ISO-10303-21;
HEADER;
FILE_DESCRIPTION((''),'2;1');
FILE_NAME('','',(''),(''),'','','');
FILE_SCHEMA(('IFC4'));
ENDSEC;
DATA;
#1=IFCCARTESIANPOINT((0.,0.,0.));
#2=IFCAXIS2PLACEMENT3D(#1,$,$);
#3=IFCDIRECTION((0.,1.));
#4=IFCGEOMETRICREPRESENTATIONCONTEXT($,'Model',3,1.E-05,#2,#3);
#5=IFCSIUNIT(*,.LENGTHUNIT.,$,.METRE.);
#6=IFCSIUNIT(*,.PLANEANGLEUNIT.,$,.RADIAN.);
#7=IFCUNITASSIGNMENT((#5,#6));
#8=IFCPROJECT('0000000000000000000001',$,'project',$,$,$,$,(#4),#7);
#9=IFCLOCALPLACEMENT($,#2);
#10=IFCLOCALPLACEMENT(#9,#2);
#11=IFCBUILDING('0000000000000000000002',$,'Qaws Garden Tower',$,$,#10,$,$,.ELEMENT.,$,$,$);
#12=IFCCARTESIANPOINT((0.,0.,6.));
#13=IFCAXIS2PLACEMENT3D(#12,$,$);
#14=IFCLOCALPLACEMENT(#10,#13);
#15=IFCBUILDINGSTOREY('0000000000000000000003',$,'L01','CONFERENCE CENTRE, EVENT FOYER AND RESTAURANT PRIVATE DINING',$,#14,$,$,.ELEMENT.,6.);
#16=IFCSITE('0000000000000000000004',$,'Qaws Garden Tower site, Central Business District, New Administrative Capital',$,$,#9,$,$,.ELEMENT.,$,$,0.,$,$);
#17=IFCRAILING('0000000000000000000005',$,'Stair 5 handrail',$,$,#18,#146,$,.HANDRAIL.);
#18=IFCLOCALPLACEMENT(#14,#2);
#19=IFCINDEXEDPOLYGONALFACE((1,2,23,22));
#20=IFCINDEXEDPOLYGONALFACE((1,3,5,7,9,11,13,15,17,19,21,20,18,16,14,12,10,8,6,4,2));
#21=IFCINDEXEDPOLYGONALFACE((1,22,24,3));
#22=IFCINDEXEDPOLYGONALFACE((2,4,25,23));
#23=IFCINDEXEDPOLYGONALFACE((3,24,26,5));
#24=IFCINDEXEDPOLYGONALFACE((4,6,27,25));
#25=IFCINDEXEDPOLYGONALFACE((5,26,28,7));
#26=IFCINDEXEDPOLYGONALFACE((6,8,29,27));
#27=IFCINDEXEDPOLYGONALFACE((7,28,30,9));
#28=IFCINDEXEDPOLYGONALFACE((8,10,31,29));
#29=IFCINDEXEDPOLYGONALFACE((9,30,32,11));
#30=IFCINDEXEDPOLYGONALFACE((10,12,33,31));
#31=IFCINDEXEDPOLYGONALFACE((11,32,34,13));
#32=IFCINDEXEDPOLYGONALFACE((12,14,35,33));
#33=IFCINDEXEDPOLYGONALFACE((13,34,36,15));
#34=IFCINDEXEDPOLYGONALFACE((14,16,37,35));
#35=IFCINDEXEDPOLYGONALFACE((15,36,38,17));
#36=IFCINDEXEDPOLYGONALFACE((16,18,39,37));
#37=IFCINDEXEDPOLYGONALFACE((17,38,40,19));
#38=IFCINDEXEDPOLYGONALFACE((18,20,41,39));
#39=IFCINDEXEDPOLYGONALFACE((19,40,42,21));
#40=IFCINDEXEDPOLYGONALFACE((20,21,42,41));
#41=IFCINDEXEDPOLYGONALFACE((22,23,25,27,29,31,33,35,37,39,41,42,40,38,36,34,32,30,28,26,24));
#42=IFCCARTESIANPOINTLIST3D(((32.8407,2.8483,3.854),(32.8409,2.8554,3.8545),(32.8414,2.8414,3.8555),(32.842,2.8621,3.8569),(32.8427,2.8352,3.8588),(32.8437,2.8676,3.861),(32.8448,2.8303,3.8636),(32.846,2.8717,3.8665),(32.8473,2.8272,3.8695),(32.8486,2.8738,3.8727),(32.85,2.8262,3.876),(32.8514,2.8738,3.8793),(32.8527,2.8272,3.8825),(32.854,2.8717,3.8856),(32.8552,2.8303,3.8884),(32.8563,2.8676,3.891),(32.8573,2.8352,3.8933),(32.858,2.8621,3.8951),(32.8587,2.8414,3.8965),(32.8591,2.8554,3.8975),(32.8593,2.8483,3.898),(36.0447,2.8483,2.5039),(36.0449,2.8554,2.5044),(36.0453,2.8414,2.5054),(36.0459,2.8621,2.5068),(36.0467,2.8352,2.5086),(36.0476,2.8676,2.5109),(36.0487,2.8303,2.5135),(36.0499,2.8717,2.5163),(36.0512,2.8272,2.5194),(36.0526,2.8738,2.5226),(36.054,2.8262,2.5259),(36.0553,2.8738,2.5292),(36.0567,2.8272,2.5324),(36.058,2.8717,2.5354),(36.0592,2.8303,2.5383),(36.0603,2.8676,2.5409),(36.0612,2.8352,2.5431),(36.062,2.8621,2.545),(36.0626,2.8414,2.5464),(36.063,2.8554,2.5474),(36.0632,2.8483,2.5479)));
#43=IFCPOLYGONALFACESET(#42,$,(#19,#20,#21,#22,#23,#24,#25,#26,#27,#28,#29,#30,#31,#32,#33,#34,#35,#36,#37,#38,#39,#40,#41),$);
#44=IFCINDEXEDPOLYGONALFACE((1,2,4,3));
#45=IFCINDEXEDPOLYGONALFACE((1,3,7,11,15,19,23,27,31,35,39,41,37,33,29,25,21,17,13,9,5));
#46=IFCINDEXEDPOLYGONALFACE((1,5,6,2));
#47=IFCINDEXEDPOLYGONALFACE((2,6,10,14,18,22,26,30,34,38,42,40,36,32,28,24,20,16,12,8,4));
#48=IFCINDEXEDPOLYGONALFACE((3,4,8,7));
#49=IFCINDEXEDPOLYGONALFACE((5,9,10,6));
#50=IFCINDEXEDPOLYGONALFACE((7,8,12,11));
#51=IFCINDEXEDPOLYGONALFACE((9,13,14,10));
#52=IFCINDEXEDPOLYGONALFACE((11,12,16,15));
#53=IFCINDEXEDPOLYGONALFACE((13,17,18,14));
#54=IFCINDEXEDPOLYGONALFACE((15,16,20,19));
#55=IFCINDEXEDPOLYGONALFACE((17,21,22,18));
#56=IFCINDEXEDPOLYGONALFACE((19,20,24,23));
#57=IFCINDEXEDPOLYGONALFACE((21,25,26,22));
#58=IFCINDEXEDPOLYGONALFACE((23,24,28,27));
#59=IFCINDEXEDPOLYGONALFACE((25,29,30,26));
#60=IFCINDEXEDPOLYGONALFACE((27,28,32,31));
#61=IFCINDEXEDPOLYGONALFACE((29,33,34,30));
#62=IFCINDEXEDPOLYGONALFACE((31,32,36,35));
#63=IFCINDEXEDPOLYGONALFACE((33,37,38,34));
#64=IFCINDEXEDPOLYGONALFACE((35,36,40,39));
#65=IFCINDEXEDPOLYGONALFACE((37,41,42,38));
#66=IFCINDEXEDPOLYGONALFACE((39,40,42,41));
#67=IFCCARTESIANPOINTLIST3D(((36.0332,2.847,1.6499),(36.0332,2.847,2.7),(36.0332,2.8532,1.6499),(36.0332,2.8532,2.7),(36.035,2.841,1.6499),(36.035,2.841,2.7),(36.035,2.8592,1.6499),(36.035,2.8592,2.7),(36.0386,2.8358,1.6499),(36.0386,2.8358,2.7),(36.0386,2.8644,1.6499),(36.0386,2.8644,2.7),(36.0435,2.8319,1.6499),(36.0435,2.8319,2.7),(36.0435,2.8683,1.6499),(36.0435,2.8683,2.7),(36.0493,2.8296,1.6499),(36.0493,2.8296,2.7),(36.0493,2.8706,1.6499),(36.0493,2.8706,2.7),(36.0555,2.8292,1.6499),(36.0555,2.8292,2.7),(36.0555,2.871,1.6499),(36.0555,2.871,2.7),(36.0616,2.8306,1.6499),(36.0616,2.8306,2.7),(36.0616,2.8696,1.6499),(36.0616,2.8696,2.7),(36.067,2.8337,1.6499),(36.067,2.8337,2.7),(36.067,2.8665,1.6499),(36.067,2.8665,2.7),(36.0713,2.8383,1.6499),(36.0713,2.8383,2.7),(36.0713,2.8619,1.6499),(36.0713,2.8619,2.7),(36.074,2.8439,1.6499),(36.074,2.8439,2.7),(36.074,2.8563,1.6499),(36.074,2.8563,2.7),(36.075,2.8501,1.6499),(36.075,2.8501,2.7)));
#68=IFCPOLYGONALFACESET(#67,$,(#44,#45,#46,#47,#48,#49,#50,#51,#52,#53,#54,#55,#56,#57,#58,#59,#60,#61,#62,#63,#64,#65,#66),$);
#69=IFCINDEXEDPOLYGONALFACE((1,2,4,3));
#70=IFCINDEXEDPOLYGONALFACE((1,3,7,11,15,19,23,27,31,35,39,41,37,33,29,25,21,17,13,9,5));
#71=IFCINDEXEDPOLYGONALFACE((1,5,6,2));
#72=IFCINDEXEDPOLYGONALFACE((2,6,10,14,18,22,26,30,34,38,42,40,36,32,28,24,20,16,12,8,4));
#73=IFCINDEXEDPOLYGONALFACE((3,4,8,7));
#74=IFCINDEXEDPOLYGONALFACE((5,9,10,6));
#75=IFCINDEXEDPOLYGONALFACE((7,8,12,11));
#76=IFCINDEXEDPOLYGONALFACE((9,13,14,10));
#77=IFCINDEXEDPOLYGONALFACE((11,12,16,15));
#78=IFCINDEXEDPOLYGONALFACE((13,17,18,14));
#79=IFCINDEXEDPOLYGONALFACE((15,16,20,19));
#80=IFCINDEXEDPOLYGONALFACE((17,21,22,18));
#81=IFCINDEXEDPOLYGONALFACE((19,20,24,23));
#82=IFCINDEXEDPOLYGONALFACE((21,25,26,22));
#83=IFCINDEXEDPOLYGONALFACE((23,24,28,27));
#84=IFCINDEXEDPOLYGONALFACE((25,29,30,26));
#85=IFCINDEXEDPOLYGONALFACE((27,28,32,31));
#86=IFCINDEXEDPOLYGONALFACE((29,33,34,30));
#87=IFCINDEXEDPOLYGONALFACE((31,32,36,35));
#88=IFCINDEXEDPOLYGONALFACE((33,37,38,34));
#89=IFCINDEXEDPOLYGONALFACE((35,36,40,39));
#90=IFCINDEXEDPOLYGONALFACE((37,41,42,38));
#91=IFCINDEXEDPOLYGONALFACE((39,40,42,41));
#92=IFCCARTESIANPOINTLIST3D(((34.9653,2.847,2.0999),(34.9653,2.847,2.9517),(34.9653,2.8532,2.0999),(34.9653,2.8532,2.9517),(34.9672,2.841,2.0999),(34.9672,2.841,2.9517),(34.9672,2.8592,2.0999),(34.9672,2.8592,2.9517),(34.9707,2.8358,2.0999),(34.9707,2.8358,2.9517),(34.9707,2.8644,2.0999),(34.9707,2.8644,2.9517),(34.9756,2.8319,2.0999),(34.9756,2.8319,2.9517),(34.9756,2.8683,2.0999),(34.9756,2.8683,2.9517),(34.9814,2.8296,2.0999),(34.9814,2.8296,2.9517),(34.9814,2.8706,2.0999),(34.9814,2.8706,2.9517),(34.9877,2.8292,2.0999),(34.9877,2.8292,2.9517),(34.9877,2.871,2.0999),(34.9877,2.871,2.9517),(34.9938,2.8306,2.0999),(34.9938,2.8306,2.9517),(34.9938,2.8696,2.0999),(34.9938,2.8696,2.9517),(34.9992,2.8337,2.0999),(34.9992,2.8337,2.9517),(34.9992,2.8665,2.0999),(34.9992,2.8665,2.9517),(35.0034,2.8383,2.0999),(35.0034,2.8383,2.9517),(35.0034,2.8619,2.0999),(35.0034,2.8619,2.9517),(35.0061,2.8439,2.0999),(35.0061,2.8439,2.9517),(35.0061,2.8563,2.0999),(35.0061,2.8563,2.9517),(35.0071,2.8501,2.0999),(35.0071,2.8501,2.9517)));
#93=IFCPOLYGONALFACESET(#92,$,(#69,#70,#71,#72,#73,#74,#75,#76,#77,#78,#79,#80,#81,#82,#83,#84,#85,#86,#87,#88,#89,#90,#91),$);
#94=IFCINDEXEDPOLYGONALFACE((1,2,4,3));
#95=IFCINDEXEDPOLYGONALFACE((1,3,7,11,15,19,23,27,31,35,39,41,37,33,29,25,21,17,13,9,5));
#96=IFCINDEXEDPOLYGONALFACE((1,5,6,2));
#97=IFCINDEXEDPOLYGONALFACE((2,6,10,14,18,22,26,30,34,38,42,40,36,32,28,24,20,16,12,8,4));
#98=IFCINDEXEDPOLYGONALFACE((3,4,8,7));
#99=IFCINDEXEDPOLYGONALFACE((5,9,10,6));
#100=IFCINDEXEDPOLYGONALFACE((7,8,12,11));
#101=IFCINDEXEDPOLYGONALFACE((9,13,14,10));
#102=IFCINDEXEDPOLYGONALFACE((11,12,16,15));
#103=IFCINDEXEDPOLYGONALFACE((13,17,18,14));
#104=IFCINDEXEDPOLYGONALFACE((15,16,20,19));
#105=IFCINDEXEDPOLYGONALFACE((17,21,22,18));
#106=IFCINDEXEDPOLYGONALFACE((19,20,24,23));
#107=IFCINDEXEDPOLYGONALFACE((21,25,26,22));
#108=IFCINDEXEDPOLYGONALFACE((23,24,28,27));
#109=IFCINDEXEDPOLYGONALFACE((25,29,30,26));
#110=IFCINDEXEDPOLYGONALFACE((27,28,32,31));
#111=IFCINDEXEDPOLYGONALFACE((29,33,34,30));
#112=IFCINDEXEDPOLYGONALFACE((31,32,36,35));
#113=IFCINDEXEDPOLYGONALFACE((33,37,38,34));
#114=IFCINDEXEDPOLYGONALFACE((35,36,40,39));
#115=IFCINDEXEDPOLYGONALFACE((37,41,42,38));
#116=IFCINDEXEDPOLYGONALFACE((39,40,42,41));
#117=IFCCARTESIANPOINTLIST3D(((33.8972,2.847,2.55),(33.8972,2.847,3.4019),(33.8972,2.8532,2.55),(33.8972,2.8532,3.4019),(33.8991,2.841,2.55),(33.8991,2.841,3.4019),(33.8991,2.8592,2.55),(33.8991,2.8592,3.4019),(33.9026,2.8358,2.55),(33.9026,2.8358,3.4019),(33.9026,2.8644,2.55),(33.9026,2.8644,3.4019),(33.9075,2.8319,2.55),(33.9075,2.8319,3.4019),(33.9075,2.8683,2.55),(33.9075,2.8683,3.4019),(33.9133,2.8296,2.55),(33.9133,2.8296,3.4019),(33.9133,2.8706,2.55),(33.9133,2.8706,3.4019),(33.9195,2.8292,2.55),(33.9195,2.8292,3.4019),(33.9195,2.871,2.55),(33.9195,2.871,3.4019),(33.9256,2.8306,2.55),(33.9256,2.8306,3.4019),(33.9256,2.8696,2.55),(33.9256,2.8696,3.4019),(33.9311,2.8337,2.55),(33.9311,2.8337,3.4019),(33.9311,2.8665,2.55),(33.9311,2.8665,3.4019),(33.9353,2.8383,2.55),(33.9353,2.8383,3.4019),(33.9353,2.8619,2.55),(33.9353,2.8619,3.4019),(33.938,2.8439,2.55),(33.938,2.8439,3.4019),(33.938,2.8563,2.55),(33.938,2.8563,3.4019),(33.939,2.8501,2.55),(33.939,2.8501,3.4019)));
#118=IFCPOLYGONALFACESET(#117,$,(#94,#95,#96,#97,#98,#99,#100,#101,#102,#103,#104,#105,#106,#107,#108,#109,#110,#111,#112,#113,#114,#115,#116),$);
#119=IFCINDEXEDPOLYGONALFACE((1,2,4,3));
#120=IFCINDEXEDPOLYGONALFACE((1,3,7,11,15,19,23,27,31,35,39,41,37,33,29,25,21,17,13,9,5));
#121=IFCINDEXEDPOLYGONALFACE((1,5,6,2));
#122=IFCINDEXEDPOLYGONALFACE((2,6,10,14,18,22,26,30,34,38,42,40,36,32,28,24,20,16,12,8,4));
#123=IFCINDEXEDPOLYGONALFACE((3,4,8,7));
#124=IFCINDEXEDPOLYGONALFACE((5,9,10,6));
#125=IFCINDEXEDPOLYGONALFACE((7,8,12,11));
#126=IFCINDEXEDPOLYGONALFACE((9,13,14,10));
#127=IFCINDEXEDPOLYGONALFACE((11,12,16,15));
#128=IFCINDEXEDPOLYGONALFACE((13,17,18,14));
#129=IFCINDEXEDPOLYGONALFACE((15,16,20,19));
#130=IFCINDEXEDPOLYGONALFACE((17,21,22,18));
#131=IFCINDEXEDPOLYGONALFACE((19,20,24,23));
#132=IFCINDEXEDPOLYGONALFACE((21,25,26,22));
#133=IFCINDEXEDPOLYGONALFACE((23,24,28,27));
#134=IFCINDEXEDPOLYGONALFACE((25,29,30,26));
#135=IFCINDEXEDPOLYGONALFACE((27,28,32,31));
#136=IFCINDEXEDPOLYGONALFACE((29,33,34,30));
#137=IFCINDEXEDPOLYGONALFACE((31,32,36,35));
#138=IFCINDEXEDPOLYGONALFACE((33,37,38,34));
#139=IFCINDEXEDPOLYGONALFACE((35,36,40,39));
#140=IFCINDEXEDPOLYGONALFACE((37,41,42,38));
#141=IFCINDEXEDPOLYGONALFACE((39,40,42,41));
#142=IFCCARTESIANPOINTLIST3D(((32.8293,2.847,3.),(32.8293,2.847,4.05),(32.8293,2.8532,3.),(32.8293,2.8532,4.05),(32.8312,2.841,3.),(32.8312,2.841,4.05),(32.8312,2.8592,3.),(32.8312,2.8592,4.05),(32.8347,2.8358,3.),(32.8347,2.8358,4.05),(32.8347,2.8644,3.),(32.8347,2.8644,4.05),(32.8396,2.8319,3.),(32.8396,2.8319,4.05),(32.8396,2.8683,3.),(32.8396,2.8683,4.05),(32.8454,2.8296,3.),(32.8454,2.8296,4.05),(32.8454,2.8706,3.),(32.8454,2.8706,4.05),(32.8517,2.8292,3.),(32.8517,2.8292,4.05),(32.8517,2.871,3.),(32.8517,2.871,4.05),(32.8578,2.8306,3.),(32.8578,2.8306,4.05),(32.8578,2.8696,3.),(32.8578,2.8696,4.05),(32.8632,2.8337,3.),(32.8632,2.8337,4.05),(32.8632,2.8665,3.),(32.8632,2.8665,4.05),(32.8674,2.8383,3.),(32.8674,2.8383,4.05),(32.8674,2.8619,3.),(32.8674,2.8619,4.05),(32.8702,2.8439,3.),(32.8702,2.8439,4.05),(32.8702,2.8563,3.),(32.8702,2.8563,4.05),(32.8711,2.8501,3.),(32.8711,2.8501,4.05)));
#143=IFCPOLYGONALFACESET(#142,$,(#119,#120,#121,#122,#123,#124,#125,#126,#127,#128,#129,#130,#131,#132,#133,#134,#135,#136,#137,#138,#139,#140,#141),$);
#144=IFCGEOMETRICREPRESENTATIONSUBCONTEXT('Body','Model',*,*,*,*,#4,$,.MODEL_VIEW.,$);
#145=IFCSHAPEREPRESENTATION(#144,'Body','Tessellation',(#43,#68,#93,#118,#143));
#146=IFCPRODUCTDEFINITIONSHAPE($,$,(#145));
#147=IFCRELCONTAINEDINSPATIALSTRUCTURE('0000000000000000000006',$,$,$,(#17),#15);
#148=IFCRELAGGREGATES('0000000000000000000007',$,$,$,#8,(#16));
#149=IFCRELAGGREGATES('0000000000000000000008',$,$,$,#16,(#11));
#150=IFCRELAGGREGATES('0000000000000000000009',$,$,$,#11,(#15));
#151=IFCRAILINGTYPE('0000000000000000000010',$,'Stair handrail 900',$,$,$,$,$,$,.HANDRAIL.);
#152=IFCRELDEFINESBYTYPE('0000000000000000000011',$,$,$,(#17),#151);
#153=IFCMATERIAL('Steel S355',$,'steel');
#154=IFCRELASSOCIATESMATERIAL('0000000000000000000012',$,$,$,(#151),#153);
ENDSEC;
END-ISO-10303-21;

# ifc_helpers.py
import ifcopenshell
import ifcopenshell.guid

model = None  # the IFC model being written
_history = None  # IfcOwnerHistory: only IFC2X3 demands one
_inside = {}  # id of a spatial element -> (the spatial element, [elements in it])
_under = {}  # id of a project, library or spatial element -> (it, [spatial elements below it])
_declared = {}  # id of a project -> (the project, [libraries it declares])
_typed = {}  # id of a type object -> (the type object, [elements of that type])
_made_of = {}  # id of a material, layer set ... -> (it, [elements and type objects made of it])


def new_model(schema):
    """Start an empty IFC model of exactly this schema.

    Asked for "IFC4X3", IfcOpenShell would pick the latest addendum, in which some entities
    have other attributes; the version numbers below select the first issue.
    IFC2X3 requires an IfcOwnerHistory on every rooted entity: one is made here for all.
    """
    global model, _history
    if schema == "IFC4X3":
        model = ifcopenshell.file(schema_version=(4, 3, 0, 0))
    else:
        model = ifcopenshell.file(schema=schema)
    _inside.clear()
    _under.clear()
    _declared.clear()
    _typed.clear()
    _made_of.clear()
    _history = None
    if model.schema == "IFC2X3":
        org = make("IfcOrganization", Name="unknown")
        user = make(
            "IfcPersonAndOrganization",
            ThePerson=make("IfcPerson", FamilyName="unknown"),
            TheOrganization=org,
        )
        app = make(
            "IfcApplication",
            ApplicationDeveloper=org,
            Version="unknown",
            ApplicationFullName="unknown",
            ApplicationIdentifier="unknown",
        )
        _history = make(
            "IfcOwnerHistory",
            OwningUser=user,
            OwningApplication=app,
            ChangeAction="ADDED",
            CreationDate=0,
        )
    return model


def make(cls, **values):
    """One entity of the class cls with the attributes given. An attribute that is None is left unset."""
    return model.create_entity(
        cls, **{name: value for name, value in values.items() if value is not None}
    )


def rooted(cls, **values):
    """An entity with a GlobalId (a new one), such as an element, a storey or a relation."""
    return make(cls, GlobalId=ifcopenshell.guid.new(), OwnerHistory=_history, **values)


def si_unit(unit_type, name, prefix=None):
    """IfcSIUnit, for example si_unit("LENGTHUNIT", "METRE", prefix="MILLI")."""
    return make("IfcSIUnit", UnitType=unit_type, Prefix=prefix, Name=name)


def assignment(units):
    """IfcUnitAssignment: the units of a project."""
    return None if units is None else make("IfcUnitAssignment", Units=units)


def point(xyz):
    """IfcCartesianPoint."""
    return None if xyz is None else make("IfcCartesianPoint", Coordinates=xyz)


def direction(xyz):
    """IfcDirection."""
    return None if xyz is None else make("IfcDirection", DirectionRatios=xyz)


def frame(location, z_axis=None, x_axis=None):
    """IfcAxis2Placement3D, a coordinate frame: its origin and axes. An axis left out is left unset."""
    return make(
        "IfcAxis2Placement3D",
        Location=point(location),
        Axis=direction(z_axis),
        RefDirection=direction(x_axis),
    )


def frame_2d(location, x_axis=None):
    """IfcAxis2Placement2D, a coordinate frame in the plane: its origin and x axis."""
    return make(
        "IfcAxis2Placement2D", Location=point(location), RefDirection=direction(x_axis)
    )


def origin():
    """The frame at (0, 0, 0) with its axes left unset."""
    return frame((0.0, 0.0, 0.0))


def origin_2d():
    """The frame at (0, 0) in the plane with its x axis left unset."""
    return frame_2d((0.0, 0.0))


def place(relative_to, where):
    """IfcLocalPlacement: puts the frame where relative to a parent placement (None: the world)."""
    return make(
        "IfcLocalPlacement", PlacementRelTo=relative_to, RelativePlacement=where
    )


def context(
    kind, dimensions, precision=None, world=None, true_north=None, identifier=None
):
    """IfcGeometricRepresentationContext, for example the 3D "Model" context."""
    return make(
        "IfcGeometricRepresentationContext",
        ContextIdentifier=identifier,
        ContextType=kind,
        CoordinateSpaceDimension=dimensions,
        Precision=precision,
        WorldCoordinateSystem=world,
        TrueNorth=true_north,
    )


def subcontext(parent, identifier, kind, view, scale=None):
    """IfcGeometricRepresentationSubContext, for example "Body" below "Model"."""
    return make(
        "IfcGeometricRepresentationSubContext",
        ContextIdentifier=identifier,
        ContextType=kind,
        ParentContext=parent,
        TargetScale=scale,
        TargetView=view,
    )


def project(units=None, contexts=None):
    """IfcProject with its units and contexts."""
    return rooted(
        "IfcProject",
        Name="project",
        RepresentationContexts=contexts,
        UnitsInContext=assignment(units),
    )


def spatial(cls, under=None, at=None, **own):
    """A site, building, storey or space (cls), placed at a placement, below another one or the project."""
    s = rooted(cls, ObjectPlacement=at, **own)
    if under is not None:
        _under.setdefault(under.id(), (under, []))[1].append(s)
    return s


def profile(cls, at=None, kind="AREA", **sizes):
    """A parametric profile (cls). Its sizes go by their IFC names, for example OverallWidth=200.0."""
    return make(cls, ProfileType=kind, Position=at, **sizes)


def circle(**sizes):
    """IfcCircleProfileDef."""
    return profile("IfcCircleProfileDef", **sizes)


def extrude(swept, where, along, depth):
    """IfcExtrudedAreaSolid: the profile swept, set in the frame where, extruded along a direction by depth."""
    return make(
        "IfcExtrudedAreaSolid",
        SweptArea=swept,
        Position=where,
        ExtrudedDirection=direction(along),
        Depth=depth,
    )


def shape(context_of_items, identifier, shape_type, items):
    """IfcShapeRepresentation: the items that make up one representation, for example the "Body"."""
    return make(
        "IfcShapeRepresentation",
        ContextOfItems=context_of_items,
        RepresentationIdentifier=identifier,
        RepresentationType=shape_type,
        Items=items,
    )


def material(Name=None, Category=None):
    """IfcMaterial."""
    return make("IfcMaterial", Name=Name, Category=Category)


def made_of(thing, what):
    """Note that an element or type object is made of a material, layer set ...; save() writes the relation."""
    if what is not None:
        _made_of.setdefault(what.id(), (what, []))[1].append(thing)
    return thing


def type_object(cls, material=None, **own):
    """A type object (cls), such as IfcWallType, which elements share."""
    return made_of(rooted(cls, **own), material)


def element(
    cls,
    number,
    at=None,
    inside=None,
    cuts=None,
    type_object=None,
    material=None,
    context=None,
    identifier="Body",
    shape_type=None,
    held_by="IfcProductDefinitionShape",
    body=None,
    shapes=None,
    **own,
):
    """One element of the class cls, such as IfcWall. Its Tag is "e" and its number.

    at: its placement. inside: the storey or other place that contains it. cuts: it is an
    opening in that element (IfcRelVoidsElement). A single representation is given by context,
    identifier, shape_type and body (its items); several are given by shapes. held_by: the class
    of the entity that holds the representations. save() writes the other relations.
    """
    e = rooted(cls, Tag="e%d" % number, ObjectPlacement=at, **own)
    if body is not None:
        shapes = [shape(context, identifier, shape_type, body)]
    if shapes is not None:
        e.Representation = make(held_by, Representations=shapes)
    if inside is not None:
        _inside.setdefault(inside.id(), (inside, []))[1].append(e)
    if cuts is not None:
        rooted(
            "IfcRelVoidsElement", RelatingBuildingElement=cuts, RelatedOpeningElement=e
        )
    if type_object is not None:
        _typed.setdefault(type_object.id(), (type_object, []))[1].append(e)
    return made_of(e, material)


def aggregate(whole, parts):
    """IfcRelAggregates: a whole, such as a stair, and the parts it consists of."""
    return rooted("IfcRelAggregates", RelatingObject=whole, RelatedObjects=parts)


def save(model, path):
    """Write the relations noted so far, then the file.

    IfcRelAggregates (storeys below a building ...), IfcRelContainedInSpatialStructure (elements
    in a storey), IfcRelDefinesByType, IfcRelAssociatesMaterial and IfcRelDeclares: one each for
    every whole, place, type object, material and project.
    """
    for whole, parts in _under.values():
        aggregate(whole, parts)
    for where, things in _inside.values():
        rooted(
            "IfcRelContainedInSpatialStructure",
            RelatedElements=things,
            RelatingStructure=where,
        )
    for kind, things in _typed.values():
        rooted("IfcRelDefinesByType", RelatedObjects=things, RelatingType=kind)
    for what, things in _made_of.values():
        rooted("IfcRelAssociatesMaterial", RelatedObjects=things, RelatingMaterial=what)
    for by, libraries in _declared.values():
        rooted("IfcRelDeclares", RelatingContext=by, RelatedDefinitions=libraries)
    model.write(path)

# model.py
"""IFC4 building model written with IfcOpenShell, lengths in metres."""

from ifc_helpers import new_model, si_unit, direction, frame, origin, origin_2d, place, context, subcontext, project, spatial, circle, extrude, material, type_object, element, save


model = new_model("IFC4")

# Units and contexts
model_context = context("Model", 3, precision=1e-05, world=origin(), true_north=direction((0.0, 1.0)))
body_context = subcontext(model_context, "Body", "Model", "MODEL_VIEW")
ifc_project = project(units=[si_unit("LENGTHUNIT", "METRE"), si_unit("PLANEANGLEUNIT", "RADIAN")], contexts=[model_context])

# Site, building, storey
site_placement = place(None, origin())
site = spatial("IfcSite", under=ifc_project, at=site_placement, Name="Qaws Garden Tower site, Central Business District, New Administrative Capital", CompositionType="ELEMENT", RefElevation=0.0)
building_placement = place(site_placement, origin())
building = spatial("IfcBuilding", under=site, at=building_placement, Name="Qaws Garden Tower", CompositionType="ELEMENT")
storey_placement = place(building_placement, frame((0.0, 0.0, 6.0)))
storey = spatial("IfcBuildingStorey", under=building, at=storey_placement, Name="L01", Description="CONFERENCE CENTRE, EVENT FOYER AND RESTAURANT PRIVATE DINING", CompositionType="ELEMENT", Elevation=6.0)

# Railing
ifc_material_1 = material(Name="Steel S355", Category="steel")
railing_type = type_object("IfcRailingType", Name="Stair handrail 900", PredefinedType="HANDRAIL", material=ifc_material_1)
railing_1_placement = place(storey_placement, frame((36.054, 2.8501, 1.6499)))
element("IfcRailing", 1, at=railing_1_placement, inside=storey, type_object=railing_type, Name="Stair 5 handrail", PredefinedType="HANDRAIL", context=body_context, shape_type="SweptSolid", body=[
    extrude(circle(Radius=0.0239, at=origin_2d()), frame((0.0, 0.0, 0.876), z_axis=(-0.921522, 0.0, 0.388327), x_axis=(0.0, -1.0, 0.0)), (0.0, 0.0, 1.0), 3.4768),
    extrude(circle(Radius=0.021, at=origin_2d()), origin(), (0.0, 0.0, 1.0), 1.05),
    extrude(circle(Radius=0.021, at=origin_2d()), frame((-1.0679, 0.0, 0.45)), (0.0, 0.0, 1.0), 0.8518),
    extrude(circle(Radius=0.021, at=origin_2d()), frame((-2.136, 0.0, 0.9001)), (0.0, 0.0, 1.0), 0.8518),
    extrude(circle(Radius=0.021, at=origin_2d()), frame((-3.2039, 0.0, 1.3501)), (0.0, 0.0, 1.0), 1.05),
])

save(model, "model.ifc")
